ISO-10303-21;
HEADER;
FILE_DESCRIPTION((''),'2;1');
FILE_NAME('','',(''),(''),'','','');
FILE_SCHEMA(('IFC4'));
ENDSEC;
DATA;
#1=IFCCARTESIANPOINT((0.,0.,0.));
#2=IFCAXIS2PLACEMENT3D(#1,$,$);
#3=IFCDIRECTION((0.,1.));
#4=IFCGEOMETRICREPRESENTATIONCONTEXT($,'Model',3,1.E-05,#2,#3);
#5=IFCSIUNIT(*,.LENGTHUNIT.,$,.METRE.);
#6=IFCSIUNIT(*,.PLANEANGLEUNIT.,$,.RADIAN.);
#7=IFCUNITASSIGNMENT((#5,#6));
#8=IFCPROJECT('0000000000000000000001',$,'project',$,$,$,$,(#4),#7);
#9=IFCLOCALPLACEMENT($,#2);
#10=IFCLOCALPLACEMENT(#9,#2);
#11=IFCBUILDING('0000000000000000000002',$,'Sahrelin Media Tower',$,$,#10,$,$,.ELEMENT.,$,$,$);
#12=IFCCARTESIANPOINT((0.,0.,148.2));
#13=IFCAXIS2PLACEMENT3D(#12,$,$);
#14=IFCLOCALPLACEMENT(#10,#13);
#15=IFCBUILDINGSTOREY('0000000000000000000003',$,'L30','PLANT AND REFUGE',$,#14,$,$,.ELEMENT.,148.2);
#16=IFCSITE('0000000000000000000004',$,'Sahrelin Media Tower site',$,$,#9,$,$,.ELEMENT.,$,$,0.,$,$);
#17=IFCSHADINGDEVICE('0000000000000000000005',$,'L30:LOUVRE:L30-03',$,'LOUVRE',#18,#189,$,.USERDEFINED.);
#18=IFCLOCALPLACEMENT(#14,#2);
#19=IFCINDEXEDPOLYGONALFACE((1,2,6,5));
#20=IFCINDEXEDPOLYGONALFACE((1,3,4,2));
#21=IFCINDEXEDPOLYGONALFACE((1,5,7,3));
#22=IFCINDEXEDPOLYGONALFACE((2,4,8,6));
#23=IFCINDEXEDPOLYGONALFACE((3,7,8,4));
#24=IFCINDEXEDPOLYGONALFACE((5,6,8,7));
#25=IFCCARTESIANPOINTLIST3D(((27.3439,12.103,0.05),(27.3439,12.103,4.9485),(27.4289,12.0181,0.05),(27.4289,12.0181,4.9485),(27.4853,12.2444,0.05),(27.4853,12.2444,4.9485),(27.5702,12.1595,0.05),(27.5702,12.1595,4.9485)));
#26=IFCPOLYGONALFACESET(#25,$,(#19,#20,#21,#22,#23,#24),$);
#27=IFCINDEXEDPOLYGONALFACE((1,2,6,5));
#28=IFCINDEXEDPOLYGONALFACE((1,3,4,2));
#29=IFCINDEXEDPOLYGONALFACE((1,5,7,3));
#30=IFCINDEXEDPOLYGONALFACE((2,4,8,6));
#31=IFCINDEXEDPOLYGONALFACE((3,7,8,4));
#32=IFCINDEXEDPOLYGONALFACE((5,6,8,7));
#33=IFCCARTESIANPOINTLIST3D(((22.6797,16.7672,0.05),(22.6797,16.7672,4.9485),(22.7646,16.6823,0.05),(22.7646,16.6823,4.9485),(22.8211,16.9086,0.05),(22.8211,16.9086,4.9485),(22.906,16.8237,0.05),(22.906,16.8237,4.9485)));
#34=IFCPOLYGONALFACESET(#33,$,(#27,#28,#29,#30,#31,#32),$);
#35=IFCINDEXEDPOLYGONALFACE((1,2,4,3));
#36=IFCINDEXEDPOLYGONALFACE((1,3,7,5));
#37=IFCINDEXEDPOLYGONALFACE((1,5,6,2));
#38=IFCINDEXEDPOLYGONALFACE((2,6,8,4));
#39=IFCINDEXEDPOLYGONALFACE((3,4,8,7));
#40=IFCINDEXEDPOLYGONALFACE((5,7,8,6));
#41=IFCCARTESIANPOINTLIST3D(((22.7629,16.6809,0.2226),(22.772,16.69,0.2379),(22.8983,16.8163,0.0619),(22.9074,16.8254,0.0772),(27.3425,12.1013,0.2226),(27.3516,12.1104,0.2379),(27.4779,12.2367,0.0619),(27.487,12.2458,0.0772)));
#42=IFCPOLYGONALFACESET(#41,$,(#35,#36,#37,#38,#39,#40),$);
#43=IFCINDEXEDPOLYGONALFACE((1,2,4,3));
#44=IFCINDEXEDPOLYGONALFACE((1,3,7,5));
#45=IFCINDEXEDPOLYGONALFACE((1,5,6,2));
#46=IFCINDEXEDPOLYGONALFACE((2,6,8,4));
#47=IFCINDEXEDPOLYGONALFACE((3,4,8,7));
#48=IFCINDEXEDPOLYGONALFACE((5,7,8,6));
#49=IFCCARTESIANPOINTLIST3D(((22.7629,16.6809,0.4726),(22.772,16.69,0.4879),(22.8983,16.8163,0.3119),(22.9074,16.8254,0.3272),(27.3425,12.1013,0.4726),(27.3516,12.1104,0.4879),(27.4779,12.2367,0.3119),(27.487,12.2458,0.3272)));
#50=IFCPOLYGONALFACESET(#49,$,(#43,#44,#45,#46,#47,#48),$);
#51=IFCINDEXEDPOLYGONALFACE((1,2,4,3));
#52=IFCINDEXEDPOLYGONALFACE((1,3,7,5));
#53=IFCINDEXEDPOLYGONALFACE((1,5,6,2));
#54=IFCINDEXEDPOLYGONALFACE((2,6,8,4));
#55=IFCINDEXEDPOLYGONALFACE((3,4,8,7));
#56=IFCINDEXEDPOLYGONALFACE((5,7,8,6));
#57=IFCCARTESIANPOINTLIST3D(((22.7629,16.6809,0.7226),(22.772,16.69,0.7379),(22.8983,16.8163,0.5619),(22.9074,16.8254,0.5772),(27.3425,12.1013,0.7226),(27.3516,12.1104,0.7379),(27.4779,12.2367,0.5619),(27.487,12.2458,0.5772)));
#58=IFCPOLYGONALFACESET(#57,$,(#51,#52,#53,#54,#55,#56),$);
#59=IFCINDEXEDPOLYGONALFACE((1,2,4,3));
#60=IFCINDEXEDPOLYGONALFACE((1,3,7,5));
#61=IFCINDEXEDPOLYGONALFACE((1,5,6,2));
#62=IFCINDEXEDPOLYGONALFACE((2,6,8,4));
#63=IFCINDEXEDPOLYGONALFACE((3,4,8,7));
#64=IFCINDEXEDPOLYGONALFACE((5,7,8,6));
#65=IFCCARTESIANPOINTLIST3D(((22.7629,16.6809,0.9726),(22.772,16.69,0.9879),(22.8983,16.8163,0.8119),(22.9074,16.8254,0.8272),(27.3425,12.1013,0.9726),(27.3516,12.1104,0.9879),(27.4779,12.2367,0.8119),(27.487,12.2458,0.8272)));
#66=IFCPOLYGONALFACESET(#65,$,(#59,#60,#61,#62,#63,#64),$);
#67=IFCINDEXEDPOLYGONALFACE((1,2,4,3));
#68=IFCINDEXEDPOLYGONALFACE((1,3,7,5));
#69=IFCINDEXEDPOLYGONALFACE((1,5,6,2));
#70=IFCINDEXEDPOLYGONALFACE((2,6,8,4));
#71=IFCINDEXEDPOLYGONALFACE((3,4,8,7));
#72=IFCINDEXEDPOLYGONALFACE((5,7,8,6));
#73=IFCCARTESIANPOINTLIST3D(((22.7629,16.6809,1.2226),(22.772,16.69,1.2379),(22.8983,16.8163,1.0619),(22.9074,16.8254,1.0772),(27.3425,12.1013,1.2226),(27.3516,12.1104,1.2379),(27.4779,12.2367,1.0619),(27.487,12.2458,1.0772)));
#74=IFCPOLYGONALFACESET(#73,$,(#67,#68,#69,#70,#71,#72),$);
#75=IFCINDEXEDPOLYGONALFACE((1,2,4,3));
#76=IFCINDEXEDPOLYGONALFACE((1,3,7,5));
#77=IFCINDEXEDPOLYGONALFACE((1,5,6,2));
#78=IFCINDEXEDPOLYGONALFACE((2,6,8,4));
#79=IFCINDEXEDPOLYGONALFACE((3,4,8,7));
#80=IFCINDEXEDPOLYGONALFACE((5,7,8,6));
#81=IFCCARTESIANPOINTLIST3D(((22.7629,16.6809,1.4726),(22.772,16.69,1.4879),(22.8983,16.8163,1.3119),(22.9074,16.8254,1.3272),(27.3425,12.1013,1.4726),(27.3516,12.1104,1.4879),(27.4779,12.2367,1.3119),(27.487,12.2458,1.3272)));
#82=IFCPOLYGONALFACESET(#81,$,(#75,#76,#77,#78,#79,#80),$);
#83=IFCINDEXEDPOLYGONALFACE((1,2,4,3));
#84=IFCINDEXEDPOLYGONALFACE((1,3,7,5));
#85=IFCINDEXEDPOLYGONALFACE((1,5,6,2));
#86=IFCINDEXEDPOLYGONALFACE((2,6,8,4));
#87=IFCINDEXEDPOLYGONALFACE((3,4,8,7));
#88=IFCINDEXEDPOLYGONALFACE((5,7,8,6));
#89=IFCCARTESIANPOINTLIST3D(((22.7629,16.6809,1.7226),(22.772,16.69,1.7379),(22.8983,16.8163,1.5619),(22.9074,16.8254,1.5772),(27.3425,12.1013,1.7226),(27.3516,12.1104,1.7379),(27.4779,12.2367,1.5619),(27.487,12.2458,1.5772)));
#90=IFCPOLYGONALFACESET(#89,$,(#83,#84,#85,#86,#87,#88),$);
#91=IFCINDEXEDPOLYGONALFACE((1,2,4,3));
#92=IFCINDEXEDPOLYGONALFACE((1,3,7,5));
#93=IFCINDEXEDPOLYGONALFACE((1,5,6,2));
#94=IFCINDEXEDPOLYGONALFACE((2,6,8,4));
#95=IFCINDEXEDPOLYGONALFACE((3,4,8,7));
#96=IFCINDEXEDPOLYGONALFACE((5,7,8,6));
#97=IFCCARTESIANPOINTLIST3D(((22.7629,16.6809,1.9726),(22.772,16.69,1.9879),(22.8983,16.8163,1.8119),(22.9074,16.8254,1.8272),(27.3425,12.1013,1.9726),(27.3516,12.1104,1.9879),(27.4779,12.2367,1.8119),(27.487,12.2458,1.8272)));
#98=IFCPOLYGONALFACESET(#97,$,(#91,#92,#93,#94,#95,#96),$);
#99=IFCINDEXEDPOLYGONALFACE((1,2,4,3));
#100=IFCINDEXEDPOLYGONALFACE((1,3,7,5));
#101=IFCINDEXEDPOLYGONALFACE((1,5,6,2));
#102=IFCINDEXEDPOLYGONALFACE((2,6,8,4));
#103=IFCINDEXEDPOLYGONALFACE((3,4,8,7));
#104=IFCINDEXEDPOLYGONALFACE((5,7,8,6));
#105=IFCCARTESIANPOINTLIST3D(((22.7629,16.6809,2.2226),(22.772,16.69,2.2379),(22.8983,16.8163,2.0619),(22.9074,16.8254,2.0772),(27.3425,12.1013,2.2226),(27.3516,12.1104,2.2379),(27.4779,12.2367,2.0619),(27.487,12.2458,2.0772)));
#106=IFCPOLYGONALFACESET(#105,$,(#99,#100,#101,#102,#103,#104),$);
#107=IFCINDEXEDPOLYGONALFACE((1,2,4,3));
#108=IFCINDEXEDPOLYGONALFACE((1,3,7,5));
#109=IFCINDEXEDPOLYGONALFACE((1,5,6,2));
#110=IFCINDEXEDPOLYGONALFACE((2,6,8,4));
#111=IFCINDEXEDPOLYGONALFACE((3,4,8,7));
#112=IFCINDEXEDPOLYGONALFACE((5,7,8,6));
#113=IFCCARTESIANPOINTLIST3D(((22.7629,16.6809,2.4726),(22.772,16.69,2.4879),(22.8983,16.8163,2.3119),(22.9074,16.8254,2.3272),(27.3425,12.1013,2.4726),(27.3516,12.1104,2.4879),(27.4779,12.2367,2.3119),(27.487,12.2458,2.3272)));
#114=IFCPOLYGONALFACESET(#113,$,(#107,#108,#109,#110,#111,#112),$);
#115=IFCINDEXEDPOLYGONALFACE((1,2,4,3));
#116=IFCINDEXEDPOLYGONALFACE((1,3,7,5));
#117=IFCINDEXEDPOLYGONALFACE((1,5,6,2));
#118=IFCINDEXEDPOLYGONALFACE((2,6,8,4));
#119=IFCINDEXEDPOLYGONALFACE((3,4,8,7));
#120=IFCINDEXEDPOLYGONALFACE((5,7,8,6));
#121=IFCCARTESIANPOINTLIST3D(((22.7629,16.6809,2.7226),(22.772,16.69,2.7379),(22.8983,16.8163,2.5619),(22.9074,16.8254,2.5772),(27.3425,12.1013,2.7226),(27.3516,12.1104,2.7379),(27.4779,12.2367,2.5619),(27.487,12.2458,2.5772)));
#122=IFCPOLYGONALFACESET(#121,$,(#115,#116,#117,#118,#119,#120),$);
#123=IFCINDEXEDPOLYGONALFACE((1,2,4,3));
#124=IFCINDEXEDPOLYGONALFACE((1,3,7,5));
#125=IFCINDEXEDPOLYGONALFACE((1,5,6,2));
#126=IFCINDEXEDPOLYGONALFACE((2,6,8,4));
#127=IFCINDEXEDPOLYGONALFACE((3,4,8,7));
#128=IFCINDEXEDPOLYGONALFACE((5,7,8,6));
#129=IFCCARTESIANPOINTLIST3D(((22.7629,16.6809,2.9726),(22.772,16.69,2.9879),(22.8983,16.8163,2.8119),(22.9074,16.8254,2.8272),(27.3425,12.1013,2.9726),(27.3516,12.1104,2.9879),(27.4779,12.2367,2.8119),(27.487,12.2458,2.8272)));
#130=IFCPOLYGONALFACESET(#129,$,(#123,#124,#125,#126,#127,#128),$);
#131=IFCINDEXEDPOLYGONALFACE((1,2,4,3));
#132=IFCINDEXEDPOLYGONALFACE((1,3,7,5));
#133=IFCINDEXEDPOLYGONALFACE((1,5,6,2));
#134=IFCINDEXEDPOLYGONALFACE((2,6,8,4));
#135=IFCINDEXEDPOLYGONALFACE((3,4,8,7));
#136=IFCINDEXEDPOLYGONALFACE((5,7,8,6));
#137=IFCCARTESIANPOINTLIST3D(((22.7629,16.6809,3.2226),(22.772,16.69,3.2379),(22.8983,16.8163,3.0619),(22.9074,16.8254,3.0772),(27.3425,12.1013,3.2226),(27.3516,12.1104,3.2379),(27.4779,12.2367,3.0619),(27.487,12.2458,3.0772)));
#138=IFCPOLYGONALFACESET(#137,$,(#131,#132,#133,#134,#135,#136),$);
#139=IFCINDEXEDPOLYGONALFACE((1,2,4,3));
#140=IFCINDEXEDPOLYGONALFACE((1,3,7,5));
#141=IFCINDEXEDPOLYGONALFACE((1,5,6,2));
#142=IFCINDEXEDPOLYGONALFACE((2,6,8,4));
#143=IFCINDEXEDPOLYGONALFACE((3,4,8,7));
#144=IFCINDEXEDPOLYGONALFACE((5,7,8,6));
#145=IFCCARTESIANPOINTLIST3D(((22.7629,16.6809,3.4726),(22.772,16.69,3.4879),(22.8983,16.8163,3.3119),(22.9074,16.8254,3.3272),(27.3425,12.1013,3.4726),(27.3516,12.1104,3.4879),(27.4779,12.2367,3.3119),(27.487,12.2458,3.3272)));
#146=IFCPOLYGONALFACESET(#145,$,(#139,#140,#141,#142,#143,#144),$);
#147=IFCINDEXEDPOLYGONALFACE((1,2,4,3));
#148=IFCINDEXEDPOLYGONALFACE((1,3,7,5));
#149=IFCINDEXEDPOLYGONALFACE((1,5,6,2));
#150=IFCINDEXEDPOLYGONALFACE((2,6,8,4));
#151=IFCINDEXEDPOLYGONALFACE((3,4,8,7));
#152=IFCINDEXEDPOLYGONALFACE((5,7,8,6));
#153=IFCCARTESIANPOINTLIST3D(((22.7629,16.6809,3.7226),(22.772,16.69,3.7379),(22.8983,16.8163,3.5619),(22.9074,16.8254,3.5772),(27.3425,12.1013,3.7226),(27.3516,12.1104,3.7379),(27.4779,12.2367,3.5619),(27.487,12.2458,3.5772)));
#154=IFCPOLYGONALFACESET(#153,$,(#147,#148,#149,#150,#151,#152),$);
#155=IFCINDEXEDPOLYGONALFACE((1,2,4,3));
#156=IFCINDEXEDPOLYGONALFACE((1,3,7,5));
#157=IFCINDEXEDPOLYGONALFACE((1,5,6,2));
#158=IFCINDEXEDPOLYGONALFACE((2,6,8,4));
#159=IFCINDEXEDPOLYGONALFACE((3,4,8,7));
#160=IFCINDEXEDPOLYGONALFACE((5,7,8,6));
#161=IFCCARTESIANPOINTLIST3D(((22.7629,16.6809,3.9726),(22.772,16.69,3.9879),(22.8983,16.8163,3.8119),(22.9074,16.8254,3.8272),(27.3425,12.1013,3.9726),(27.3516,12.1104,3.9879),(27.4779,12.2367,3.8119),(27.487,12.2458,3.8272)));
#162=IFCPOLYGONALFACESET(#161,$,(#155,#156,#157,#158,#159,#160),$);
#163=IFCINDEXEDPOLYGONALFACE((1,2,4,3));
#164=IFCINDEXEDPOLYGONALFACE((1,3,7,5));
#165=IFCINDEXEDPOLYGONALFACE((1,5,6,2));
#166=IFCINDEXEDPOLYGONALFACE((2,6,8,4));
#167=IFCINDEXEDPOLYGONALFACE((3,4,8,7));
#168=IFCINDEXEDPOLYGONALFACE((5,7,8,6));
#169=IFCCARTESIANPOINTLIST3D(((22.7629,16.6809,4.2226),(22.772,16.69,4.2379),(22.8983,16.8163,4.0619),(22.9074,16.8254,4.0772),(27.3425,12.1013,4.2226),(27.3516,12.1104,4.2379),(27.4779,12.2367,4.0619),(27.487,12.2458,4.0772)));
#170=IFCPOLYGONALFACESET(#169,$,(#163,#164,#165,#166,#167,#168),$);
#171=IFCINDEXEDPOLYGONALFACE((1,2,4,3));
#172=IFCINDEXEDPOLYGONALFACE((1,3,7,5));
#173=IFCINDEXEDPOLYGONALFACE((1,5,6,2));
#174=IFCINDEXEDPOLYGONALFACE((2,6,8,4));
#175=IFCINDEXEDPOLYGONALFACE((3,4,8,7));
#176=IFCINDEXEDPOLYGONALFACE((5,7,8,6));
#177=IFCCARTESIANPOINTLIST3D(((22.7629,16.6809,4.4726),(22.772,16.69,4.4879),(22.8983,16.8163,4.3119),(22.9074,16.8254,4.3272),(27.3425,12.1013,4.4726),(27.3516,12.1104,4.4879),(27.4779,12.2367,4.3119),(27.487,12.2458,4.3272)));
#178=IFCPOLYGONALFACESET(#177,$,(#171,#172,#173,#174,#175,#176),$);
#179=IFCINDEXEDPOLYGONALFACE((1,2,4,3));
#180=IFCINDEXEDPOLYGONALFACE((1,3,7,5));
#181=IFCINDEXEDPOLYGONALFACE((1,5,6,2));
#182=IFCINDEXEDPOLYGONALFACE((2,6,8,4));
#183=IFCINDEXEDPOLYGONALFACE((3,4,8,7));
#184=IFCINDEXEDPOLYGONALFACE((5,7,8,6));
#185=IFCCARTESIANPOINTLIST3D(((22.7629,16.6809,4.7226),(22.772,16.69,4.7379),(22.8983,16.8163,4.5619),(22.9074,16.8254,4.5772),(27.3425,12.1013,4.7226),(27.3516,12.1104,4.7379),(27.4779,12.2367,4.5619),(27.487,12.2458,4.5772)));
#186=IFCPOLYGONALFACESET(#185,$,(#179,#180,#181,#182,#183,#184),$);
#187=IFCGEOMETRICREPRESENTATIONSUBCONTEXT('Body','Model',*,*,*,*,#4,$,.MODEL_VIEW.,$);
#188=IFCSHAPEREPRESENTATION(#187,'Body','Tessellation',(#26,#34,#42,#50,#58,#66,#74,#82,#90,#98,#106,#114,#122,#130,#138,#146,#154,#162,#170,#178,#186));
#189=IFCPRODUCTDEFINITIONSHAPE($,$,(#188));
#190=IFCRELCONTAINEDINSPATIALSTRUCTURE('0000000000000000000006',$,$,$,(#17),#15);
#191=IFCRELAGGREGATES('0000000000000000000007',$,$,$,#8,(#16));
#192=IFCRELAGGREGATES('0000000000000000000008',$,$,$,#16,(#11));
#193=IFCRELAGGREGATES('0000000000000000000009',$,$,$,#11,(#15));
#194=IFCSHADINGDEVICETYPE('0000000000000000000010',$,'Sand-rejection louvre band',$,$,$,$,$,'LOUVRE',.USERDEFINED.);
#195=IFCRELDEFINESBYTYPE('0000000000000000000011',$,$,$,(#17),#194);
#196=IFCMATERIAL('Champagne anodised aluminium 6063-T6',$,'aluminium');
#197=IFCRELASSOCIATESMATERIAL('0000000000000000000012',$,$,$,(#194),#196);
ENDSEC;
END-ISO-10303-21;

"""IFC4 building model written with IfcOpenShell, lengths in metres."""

from ifc_helpers import new_model, si_unit, direction, frame, origin, origin_2d, place, context, subcontext, project, spatial, rectangle, extrude, material, type_object, element, save


model = new_model("IFC4")

# Units and contexts
model_context = context("Model", 3, precision=1e-05, world=origin(), true_north=direction((0.0, 1.0)))
body_context = subcontext(model_context, "Body", "Model", "MODEL_VIEW")
ifc_project = project(units=[si_unit("LENGTHUNIT", "METRE"), si_unit("PLANEANGLEUNIT", "RADIAN")], contexts=[model_context])

# Site, building, storey
site_placement = place(None, origin())
site = spatial("IfcSite", under=ifc_project, at=site_placement, Name="Sahrelin Media Tower site", CompositionType="ELEMENT", RefElevation=0.0)
building_placement = place(site_placement, origin())
building = spatial("IfcBuilding", under=site, at=building_placement, Name="Sahrelin Media Tower", CompositionType="ELEMENT")
storey_placement = place(building_placement, frame((0.0, 0.0, 148.2)))
storey = spatial("IfcBuildingStorey", under=building, at=storey_placement, Name="L30", Description="PLANT AND REFUGE", CompositionType="ELEMENT", Elevation=148.2)

# Shading device
ifc_material_1 = material(Name="Champagne anodised aluminium 6063-T6", Category="aluminium")
shading_device_type = type_object("IfcShadingDeviceType", Name="Sand-rejection louvre band", ElementType="LOUVRE", PredefinedType="USERDEFINED", material=ifc_material_1)
shading_device_1_placement = place(storey_placement, frame((25.0542, 14.3926, 0.0), z_axis=(0.0, 0.0, 1.0), x_axis=(0.707107, -0.707107, 0.0)))
element("IfcShadingDevice", 1, at=shading_device_1_placement, inside=storey, type_object=shading_device_type, Name="L30:LOUVRE:L30-03", ObjectType="LOUVRE", PredefinedType="USERDEFINED", context=body_context, shape_type="SweptSolid", body=[
    extrude(rectangle(XDim=0.1201, YDim=0.2, at=origin_2d()), frame((3.2981, 0.1001, 0.05), z_axis=(0.0, 0.0, 1.0), x_axis=(1.0, 0.0, 0.0)), (0.0, 0.0, 1.0), 4.8984),
    extrude(rectangle(XDim=0.1201, YDim=0.2, at=origin_2d()), frame((-3.2981, 0.1001, 0.05), z_axis=(0.0, 0.0, 1.0), x_axis=(1.0, 0.0, 0.0)), (0.0, 0.0, 1.0), 4.8984),
    extrude(rectangle(XDim=0.25, YDim=0.02, at=origin_2d()), frame((3.2383, 0.1001, 0.1499), z_axis=(-1.0, 0.0, 0.0), x_axis=(0.0, -0.766044, 0.642788)), (0.0, 0.0, 1.0), 6.4766),
    extrude(rectangle(XDim=0.25, YDim=0.02, at=origin_2d()), frame((3.2383, 0.1001, 0.3999), z_axis=(-1.0, 0.0, 0.0), x_axis=(0.0, -0.766044, 0.642788)), (0.0, 0.0, 1.0), 6.4766),
    extrude(rectangle(XDim=0.25, YDim=0.02, at=origin_2d()), frame((3.2383, 0.1001, 0.6499), z_axis=(-1.0, 0.0, 0.0), x_axis=(0.0, -0.766044, 0.642788)), (0.0, 0.0, 1.0), 6.4766),
    extrude(rectangle(XDim=0.25, YDim=0.02, at=origin_2d()), frame((3.2383, 0.1001, 0.8999), z_axis=(-1.0, 0.0, 0.0), x_axis=(0.0, -0.766044, 0.642788)), (0.0, 0.0, 1.0), 6.4766),
    extrude(rectangle(XDim=0.25, YDim=0.02, at=origin_2d()), frame((3.2383, 0.1001, 1.1499), z_axis=(-1.0, 0.0, 0.0), x_axis=(0.0, -0.766044, 0.642788)), (0.0, 0.0, 1.0), 6.4766),
    extrude(rectangle(XDim=0.25, YDim=0.02, at=origin_2d()), frame((3.2383, 0.1001, 1.3999), z_axis=(-1.0, 0.0, 0.0), x_axis=(0.0, -0.766044, 0.642788)), (0.0, 0.0, 1.0), 6.4766),
    extrude(rectangle(XDim=0.25, YDim=0.02, at=origin_2d()), frame((3.2383, 0.1001, 1.6499), z_axis=(-1.0, 0.0, 0.0), x_axis=(0.0, -0.766044, 0.642788)), (0.0, 0.0, 1.0), 6.4766),
    extrude(rectangle(XDim=0.25, YDim=0.02, at=origin_2d()), frame((3.2383, 0.1001, 1.8999), z_axis=(-1.0, 0.0, 0.0), x_axis=(0.0, -0.766044, 0.642788)), (0.0, 0.0, 1.0), 6.4766),
    extrude(rectangle(XDim=0.25, YDim=0.02, at=origin_2d()), frame((3.2383, 0.1001, 2.1499), z_axis=(-1.0, 0.0, 0.0), x_axis=(0.0, -0.766044, 0.642788)), (0.0, 0.0, 1.0), 6.4766),
    extrude(rectangle(XDim=0.25, YDim=0.02, at=origin_2d()), frame((3.2383, 0.1001, 2.3999), z_axis=(-1.0, 0.0, 0.0), x_axis=(0.0, -0.766044, 0.642788)), (0.0, 0.0, 1.0), 6.4766),
    extrude(rectangle(XDim=0.25, YDim=0.02, at=origin_2d()), frame((3.2383, 0.1001, 2.6499), z_axis=(-1.0, 0.0, 0.0), x_axis=(0.0, -0.766044, 0.642788)), (0.0, 0.0, 1.0), 6.4766),
    extrude(rectangle(XDim=0.25, YDim=0.02, at=origin_2d()), frame((3.2383, 0.1001, 2.8999), z_axis=(-1.0, 0.0, 0.0), x_axis=(0.0, -0.766044, 0.642788)), (0.0, 0.0, 1.0), 6.4766),
    extrude(rectangle(XDim=0.25, YDim=0.02, at=origin_2d()), frame((3.2383, 0.1001, 3.1499), z_axis=(-1.0, 0.0, 0.0), x_axis=(0.0, -0.766044, 0.642788)), (0.0, 0.0, 1.0), 6.4766),
    extrude(rectangle(XDim=0.25, YDim=0.02, at=origin_2d()), frame((3.2383, 0.1001, 3.3999), z_axis=(-1.0, 0.0, 0.0), x_axis=(0.0, -0.766044, 0.642788)), (0.0, 0.0, 1.0), 6.4766),
    extrude(rectangle(XDim=0.25, YDim=0.02, at=origin_2d()), frame((3.2383, 0.1001, 3.6499), z_axis=(-1.0, 0.0, 0.0), x_axis=(0.0, -0.766044, 0.642788)), (0.0, 0.0, 1.0), 6.4766),
    extrude(rectangle(XDim=0.25, YDim=0.02, at=origin_2d()), frame((3.2383, 0.1001, 3.8999), z_axis=(-1.0, 0.0, 0.0), x_axis=(0.0, -0.766044, 0.642788)), (0.0, 0.0, 1.0), 6.4766),
    extrude(rectangle(XDim=0.25, YDim=0.02, at=origin_2d()), frame((3.2383, 0.1001, 4.1499), z_axis=(-1.0, 0.0, 0.0), x_axis=(0.0, -0.766044, 0.642788)), (0.0, 0.0, 1.0), 6.4766),
    extrude(rectangle(XDim=0.25, YDim=0.02, at=origin_2d()), frame((3.2383, 0.1001, 4.3999), z_axis=(-1.0, 0.0, 0.0), x_axis=(0.0, -0.766044, 0.642788)), (0.0, 0.0, 1.0), 6.4766),
    extrude(rectangle(XDim=0.25, YDim=0.02, at=origin_2d()), frame((3.2383, 0.1001, 4.6499), z_axis=(-1.0, 0.0, 0.0), x_axis=(0.0, -0.766044, 0.642788)), (0.0, 0.0, 1.0), 6.4766),
])

save(model, "model.ifc")
